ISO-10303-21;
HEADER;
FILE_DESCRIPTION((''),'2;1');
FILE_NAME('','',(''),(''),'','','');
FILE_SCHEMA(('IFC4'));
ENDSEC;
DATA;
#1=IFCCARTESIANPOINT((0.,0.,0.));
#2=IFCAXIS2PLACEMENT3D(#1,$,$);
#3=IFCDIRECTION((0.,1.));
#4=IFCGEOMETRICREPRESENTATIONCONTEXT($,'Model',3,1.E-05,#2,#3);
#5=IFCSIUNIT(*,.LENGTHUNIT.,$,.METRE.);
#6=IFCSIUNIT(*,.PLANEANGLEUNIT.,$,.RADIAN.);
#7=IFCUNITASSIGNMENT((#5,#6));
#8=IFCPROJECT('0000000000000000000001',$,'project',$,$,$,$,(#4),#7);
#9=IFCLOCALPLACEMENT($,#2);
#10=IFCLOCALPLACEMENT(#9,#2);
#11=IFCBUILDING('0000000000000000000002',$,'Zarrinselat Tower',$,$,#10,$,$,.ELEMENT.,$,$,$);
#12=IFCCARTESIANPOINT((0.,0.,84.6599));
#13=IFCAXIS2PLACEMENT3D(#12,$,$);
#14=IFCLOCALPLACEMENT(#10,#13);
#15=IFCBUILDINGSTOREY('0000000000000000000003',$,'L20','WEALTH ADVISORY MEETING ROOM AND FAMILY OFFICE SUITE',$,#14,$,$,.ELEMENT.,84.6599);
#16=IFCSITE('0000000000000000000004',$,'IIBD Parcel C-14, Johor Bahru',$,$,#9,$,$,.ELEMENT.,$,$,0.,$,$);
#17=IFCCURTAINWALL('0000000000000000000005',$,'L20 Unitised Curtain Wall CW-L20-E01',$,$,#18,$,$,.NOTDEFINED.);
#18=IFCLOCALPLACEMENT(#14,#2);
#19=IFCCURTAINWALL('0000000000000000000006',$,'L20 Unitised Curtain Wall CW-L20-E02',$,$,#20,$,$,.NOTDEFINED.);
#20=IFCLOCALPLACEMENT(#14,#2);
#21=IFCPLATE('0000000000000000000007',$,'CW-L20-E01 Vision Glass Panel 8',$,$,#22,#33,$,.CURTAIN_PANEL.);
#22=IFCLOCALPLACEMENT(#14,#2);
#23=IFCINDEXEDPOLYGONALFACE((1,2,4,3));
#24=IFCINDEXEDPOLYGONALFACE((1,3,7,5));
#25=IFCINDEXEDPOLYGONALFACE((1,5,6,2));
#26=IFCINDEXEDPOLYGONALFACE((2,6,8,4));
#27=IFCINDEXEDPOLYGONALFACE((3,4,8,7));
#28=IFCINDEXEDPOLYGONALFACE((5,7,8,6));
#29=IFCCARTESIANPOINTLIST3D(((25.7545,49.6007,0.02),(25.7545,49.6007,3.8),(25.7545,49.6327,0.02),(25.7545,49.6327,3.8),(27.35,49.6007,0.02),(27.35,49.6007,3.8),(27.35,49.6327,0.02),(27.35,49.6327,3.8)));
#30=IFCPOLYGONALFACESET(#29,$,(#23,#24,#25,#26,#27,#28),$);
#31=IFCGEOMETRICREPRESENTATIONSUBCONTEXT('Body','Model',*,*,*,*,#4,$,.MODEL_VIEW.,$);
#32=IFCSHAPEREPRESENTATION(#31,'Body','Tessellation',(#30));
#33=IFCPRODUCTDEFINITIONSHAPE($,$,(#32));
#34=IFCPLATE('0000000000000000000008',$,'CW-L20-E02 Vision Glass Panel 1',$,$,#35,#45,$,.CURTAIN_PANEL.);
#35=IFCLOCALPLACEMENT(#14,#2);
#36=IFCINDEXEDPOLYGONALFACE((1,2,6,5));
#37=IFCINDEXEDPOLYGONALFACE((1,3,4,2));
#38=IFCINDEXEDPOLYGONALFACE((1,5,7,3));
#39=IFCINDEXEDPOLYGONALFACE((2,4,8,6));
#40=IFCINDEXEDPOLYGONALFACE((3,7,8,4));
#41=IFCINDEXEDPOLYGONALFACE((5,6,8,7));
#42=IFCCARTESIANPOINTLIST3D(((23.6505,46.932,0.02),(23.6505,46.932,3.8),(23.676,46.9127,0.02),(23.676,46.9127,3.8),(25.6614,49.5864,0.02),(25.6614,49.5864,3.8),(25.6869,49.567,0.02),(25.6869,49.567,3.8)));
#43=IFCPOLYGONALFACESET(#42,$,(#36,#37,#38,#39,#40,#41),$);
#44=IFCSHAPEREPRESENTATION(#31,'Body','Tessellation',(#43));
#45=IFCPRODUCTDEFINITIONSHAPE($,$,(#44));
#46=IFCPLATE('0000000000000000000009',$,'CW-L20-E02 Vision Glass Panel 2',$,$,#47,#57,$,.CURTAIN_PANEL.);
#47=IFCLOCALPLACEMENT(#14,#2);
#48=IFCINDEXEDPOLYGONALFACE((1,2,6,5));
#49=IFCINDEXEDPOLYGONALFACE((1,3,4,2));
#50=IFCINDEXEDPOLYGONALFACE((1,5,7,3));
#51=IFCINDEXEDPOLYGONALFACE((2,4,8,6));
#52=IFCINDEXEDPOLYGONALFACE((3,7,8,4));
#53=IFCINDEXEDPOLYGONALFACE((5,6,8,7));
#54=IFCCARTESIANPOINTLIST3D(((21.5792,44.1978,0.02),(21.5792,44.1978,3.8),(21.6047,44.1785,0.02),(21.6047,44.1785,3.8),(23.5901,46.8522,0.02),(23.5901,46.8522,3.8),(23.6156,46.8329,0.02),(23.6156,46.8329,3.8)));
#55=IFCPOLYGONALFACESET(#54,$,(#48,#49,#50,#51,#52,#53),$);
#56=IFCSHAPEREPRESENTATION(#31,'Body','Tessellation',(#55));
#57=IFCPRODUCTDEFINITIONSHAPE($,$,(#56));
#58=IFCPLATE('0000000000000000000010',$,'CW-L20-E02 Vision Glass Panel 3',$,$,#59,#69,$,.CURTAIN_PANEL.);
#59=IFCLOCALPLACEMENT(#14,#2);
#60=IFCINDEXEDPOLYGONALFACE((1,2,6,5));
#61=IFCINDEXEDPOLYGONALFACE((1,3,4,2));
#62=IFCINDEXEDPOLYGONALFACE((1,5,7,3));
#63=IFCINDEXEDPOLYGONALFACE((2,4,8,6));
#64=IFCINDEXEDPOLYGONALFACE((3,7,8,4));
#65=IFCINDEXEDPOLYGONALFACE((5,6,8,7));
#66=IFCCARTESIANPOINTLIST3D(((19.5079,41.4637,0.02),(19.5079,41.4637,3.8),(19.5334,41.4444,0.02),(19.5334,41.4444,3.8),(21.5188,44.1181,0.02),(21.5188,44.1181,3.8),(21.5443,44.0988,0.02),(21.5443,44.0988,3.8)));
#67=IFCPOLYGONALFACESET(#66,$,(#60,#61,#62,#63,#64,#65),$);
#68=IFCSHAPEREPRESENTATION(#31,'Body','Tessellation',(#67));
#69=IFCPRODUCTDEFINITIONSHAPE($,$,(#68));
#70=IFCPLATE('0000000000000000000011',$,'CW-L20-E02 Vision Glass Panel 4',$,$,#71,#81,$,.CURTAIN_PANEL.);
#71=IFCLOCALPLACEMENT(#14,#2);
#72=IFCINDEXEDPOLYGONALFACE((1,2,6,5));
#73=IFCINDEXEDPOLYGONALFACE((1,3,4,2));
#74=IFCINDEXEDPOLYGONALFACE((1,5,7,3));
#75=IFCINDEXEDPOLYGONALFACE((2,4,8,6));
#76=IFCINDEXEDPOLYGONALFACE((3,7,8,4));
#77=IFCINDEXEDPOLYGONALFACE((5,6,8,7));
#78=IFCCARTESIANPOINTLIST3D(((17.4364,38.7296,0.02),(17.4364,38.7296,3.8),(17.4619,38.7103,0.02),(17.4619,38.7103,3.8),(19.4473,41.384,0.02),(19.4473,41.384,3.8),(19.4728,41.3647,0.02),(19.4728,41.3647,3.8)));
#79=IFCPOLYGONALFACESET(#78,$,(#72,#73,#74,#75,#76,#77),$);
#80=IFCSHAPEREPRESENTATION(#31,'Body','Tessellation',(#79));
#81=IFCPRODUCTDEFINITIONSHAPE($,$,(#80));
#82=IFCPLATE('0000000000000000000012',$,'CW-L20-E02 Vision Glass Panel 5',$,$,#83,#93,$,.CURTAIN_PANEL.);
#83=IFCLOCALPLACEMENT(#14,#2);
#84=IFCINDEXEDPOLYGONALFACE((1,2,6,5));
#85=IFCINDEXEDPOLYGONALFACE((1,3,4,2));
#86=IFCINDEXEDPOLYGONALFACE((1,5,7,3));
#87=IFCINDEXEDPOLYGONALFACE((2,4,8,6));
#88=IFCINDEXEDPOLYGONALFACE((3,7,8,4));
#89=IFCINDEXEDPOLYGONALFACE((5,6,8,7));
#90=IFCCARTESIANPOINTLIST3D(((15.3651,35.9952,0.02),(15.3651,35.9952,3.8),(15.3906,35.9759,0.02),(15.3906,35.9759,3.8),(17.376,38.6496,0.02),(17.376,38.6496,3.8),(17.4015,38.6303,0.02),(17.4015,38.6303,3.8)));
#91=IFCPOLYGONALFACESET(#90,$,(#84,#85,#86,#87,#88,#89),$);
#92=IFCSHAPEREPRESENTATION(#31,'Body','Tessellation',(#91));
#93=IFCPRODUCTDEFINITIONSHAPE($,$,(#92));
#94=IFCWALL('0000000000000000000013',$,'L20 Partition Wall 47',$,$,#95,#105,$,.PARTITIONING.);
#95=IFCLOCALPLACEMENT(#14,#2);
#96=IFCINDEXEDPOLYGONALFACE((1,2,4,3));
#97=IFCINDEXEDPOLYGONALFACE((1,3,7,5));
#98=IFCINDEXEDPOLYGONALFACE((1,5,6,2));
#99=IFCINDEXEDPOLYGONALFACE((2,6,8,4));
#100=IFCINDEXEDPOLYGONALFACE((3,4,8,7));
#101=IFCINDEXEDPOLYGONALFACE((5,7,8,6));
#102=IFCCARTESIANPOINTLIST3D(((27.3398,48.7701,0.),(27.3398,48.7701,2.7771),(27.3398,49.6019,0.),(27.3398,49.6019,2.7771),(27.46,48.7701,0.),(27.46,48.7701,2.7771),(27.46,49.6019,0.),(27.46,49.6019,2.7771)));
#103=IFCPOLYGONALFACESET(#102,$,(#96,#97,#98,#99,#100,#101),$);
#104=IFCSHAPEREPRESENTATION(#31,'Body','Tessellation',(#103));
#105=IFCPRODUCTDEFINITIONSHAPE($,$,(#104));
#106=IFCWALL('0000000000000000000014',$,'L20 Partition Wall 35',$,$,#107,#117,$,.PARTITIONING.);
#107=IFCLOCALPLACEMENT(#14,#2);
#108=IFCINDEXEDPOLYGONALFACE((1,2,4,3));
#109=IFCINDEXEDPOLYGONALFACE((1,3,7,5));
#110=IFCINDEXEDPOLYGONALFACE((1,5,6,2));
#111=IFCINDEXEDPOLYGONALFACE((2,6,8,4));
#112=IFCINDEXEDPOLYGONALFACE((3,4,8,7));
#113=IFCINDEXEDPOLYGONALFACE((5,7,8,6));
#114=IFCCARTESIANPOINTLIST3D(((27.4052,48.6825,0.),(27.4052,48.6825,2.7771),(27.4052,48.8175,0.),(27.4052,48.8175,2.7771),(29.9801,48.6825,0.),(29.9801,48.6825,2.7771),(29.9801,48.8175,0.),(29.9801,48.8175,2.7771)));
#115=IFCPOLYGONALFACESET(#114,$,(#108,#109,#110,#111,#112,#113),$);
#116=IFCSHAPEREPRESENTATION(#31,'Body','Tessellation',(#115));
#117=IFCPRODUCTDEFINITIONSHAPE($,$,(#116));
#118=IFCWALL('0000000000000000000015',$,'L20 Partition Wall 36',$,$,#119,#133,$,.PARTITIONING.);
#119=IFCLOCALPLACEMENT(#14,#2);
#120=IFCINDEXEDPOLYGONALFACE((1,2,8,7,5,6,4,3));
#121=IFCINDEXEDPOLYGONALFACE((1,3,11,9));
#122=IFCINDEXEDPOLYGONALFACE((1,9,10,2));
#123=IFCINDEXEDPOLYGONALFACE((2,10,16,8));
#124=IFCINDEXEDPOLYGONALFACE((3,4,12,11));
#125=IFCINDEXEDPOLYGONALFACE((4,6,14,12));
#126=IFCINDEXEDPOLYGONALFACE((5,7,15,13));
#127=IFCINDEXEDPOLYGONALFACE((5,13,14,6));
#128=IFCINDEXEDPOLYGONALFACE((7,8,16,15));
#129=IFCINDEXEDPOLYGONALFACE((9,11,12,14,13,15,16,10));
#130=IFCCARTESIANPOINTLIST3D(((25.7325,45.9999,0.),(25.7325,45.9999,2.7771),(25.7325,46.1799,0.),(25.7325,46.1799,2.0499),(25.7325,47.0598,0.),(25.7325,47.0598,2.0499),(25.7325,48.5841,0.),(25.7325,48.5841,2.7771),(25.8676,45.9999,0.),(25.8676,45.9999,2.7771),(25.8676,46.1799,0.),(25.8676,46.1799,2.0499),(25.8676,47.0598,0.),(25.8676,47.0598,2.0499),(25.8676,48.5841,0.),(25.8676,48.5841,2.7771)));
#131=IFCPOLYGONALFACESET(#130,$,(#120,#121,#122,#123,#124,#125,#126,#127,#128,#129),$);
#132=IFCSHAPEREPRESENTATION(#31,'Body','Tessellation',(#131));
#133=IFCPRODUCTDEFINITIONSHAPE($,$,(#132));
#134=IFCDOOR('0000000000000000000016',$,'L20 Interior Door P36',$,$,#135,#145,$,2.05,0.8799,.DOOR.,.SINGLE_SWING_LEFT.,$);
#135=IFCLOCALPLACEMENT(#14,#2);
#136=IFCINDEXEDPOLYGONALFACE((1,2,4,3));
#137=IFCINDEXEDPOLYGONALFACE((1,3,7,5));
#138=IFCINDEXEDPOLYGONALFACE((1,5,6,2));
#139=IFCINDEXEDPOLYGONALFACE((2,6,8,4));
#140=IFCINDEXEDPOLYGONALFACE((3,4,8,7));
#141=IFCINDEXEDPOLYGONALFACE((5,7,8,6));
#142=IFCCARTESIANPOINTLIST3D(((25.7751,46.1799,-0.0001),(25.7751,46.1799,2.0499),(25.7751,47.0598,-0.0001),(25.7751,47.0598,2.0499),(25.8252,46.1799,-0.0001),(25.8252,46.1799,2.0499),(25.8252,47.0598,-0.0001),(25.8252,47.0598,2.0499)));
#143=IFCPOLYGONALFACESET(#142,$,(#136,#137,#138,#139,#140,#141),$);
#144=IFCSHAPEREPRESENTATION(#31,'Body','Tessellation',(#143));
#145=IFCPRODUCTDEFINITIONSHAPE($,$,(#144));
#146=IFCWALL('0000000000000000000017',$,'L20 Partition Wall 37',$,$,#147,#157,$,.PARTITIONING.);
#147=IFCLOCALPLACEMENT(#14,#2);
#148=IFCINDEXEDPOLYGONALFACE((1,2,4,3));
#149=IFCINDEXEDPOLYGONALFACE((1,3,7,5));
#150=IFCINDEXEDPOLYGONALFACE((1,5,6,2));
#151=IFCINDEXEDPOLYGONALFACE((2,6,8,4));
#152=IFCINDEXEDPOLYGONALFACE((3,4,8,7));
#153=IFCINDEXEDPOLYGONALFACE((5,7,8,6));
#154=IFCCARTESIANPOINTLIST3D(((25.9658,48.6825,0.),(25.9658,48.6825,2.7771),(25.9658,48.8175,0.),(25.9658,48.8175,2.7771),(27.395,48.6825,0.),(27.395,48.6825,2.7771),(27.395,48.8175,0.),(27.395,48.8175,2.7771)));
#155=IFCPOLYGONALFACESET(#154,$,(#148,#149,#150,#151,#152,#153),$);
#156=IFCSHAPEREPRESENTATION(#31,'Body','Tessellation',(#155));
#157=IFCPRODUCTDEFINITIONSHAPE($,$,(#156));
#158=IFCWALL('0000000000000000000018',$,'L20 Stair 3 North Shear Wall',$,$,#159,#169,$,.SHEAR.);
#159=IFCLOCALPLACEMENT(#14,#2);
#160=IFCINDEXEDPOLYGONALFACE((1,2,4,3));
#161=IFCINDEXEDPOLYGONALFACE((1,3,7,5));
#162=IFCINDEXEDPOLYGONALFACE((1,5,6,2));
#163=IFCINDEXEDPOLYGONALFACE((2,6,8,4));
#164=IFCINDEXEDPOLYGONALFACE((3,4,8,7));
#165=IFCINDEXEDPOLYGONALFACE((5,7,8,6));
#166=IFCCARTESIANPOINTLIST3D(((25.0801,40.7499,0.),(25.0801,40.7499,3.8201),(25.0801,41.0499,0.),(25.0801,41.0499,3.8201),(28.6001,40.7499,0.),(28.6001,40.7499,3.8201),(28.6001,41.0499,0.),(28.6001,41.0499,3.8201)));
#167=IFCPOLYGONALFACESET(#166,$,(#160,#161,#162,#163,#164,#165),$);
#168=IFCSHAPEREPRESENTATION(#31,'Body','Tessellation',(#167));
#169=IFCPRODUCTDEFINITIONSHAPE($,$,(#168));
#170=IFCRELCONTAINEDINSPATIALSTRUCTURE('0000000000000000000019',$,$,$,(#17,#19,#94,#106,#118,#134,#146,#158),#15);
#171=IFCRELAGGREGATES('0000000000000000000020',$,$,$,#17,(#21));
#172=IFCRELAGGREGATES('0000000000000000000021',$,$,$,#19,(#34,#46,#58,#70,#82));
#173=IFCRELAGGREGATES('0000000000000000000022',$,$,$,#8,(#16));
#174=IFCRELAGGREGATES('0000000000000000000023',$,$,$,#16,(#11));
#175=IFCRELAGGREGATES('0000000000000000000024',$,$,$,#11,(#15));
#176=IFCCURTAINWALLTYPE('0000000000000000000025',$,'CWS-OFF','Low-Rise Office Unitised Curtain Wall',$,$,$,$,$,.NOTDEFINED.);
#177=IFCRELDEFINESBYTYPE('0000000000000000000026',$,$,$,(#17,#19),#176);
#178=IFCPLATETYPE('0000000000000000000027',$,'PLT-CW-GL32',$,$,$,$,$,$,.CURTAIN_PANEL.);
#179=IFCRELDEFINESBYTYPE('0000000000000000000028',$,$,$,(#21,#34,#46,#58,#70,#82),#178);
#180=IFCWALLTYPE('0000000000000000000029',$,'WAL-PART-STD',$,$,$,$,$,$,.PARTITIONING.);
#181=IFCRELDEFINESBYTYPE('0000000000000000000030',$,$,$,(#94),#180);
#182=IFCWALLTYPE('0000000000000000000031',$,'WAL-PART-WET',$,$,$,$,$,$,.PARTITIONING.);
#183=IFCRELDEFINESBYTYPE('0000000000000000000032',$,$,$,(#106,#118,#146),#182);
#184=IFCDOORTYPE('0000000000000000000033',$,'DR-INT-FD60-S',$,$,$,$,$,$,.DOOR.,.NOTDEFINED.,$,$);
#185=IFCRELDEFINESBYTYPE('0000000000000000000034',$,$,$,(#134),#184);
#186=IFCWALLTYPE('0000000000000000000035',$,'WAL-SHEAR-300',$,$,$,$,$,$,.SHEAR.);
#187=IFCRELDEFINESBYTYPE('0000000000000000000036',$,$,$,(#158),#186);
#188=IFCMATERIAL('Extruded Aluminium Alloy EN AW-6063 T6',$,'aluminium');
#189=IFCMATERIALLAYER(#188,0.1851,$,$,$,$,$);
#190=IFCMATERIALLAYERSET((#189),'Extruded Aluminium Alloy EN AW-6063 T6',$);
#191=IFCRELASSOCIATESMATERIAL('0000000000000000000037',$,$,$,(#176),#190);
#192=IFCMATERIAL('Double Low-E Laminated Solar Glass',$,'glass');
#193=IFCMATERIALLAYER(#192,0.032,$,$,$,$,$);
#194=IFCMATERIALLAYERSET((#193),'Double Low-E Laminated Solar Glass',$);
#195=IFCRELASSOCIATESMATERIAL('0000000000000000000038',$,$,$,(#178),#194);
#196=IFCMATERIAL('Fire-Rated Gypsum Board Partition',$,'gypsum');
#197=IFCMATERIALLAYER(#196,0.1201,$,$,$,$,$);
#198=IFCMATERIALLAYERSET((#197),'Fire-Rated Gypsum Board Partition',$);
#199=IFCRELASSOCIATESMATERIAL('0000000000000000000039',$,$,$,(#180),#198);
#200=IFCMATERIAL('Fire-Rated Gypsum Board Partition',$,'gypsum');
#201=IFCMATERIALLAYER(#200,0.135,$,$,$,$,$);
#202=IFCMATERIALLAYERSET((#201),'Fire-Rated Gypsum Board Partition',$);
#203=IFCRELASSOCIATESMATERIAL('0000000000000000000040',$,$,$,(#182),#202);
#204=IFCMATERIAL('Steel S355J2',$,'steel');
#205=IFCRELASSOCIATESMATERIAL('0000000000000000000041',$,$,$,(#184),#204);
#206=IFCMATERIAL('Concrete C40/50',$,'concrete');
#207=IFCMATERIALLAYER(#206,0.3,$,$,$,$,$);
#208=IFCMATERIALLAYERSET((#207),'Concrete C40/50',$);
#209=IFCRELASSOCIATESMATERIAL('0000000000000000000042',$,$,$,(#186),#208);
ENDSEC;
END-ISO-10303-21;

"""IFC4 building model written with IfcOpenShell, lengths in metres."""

from ifc_helpers import new_model, si_unit, direction, frame, frame_2d, origin, origin_2d, place, context, subcontext, project, spatial, rectangle, extrude, material, layer, layer_set, type_object, element, fill, aggregate, save


model = new_model("IFC4")

# Units and contexts
model_context = context("Model", 3, precision=1e-05, world=origin(), true_north=direction((0.0, 1.0)))
body_context = subcontext(model_context, "Body", "Model", "MODEL_VIEW")
ifc_project = project(units=[si_unit("LENGTHUNIT", "METRE"), si_unit("PLANEANGLEUNIT", "RADIAN")], contexts=[model_context])

# Site, building, storey
site_placement = place(None, origin())
site = spatial("IfcSite", under=ifc_project, at=site_placement, Name="IIBD Parcel C-14, Johor Bahru", CompositionType="ELEMENT", RefElevation=0.0)
building_placement = place(site_placement, origin())
building = spatial("IfcBuilding", under=site, at=building_placement, Name="Zarrinselat Tower", CompositionType="ELEMENT")
storey_placement = place(building_placement, frame((0.0, 0.0, 84.6599)))
storey = spatial("IfcBuildingStorey", under=building, at=storey_placement, Name="L20", Description="WEALTH ADVISORY MEETING ROOM AND FAMILY OFFICE SUITE", CompositionType="ELEMENT", Elevation=84.6599)

# Curtain walls
ifc_material_1 = material(Name="Extruded Aluminium Alloy EN AW-6063 T6", Category="aluminium")
ifc_layer_1 = layer(ifc_material_1, 0.1851)
ifc_layer_set_1 = layer_set([ifc_layer_1], Name="Extruded Aluminium Alloy EN AW-6063 T6")
curtain_wall_type = type_object("IfcCurtainWallType", Name="CWS-OFF", Description="Low-Rise Office Unitised Curtain Wall", PredefinedType="NOTDEFINED", material=ifc_layer_set_1)
curtain_wall_1_placement = place(storey_placement, origin())
curtain_wall_1 = element("IfcCurtainWall", 1, at=curtain_wall_1_placement, inside=storey, type_object=curtain_wall_type, Name="L20 Unitised Curtain Wall CW-L20-E01", PredefinedType="NOTDEFINED")
curtain_wall_2_placement = place(storey_placement, origin())
curtain_wall_2 = element("IfcCurtainWall", 2, at=curtain_wall_2_placement, inside=storey, type_object=curtain_wall_type, Name="L20 Unitised Curtain Wall CW-L20-E02", PredefinedType="NOTDEFINED")

# Plates
ifc_material_2 = material(Name="Double Low-E Laminated Solar Glass", Category="glass")
ifc_layer_2 = layer(ifc_material_2, 0.032)
ifc_layer_set_2 = layer_set([ifc_layer_2], Name="Double Low-E Laminated Solar Glass")
plate_type = type_object("IfcPlateType", Name="PLT-CW-GL32", PredefinedType="CURTAIN_PANEL", material=ifc_layer_set_2)
plate_1_placement = place(storey_placement, frame((26.5522, 49.6167, 0.02), z_axis=(0.0, 0.0, 1.0), x_axis=(-1.0, 0.0, 0.0)))
plate_1 = element("IfcPlate", 3, at=plate_1_placement, type_object=plate_type, Name="CW-L20-E01 Vision Glass Panel 8", PredefinedType="CURTAIN_PANEL", context=body_context, shape_type="SweptSolid", body=[
    extrude(rectangle(XDim=1.5955, YDim=0.032, at=origin_2d()), origin(), (0.0, 0.0, 1.0), 3.78),
])
aggregate(curtain_wall_1, [plate_1])
plate_2_placement = place(storey_placement, frame((24.6687, 48.2495, 0.02), z_axis=(0.0, 0.0, 1.0), x_axis=(-0.603857, -0.797093, 0.0)))
plate_2 = element("IfcPlate", 4, at=plate_2_placement, type_object=plate_type, Name="CW-L20-E02 Vision Glass Panel 1", PredefinedType="CURTAIN_PANEL", context=body_context, shape_type="SweptSolid", body=[
    extrude(rectangle(XDim=3.3301, YDim=0.032, at=origin_2d()), origin(), (0.0, 0.0, 1.0), 3.78),
])
plate_3_placement = place(storey_placement, frame((22.5974, 45.5154, 0.02), z_axis=(0.0, 0.0, 1.0), x_axis=(-0.603857, -0.797093, 0.0)))
plate_3 = element("IfcPlate", 5, at=plate_3_placement, type_object=plate_type, Name="CW-L20-E02 Vision Glass Panel 2", PredefinedType="CURTAIN_PANEL", context=body_context, shape_type="SweptSolid", body=[
    extrude(rectangle(XDim=3.3301, YDim=0.032, at=origin_2d()), origin(), (0.0, 0.0, 1.0), 3.78),
])
plate_4_placement = place(storey_placement, frame((20.5261, 42.7812, 0.02), z_axis=(0.0, 0.0, 1.0), x_axis=(-0.603857, -0.797093, 0.0)))
plate_4 = element("IfcPlate", 6, at=plate_4_placement, type_object=plate_type, Name="CW-L20-E02 Vision Glass Panel 3", PredefinedType="CURTAIN_PANEL", context=body_context, shape_type="SweptSolid", body=[
    extrude(rectangle(XDim=3.3301, YDim=0.032, at=origin_2d()), origin(), (0.0, 0.0, 1.0), 3.78),
])
plate_5_placement = place(storey_placement, frame((18.4546, 40.0471, 0.02), z_axis=(0.0, 0.0, 1.0), x_axis=(-0.603857, -0.797093, 0.0)))
plate_5 = element("IfcPlate", 7, at=plate_5_placement, type_object=plate_type, Name="CW-L20-E02 Vision Glass Panel 4", PredefinedType="CURTAIN_PANEL", context=body_context, shape_type="SweptSolid", body=[
    extrude(rectangle(XDim=3.3301, YDim=0.032, at=origin_2d()), origin(), (0.0, 0.0, 1.0), 3.78),
])
plate_6_placement = place(storey_placement, frame((16.3833, 37.3127, 0.02), z_axis=(0.0, 0.0, 1.0), x_axis=(-0.603857, -0.797093, 0.0)))
plate_6 = element("IfcPlate", 8, at=plate_6_placement, type_object=plate_type, Name="CW-L20-E02 Vision Glass Panel 5", PredefinedType="CURTAIN_PANEL", context=body_context, shape_type="SweptSolid", body=[
    extrude(rectangle(XDim=3.3301, YDim=0.032, at=origin_2d()), origin(), (0.0, 0.0, 1.0), 3.78),
])
aggregate(curtain_wall_2, [plate_2, plate_3, plate_4, plate_5, plate_6])

# Walls
ifc_material_3 = material(Name="Fire-Rated Gypsum Board Partition", Category="gypsum")
ifc_layer_3 = layer(ifc_material_3, 0.1201)
ifc_layer_set_3 = layer_set([ifc_layer_3], Name="Fire-Rated Gypsum Board Partition")
wall_type_1 = type_object("IfcWallType", Name="WAL-PART-STD", PredefinedType="PARTITIONING", material=ifc_layer_set_3)
wall_1_placement = place(storey_placement, frame((27.3999, 48.77, 0.0), z_axis=(0.0, 0.0, 1.0), x_axis=(0.0, 1.0, 0.0)))
element("IfcWall", 9, at=wall_1_placement, inside=storey, type_object=wall_type_1, Name="L20 Partition Wall 47", PredefinedType="PARTITIONING", context=body_context, shape_type="SweptSolid", body=[
    extrude(rectangle(XDim=0.8318, YDim=0.1201, at=frame_2d((0.416, 0.0))), origin(), (0.0, 0.0, 1.0), 2.7771),
])
ifc_material_4 = material(Name="Fire-Rated Gypsum Board Partition", Category="gypsum")
ifc_layer_4 = layer(ifc_material_4, 0.135)
ifc_layer_set_4 = layer_set([ifc_layer_4], Name="Fire-Rated Gypsum Board Partition")
wall_type_2 = type_object("IfcWallType", Name="WAL-PART-WET", PredefinedType="PARTITIONING", material=ifc_layer_set_4)
wall_2_placement = place(storey_placement, frame((27.405, 48.75, 0.0), z_axis=(0.0, 0.0, 1.0), x_axis=(1.0, 0.0, 0.0)))
element("IfcWall", 10, at=wall_2_placement, inside=storey, type_object=wall_type_2, Name="L20 Partition Wall 35", PredefinedType="PARTITIONING", context=body_context, shape_type="SweptSolid", body=[
    extrude(rectangle(XDim=2.575, YDim=0.135, at=frame_2d((1.2876, 0.0))), origin(), (0.0, 0.0, 1.0), 2.7771),
])

# Wall, opening, door
wall_3_placement = place(storey_placement, frame((25.8, 46.0, 0.0), z_axis=(0.0, 0.0, 1.0), x_axis=(0.0, 1.0, 0.0)))
wall_3 = element("IfcWall", 11, at=wall_3_placement, inside=storey, type_object=wall_type_2, Name="L20 Partition Wall 36", PredefinedType="PARTITIONING", context=body_context, shape_type="SweptSolid", body=[
    extrude(rectangle(XDim=2.5842, YDim=0.135, at=frame_2d((1.292, 0.0))), origin(), (0.0, 0.0, 1.0), 2.7771),
])
opening_placement = place(wall_3_placement, frame((0.1799, 0.0, 0.0)))
opening = element("IfcOpeningElement", 12, at=opening_placement, cuts=wall_3, PredefinedType="OPENING", context=body_context, shape_type="SweptSolid", body=[
    extrude(rectangle(XDim=0.8799, YDim=2.05, at=frame_2d((0.4399, 1.0249))), frame((0.0, 0.0774, 0.0), z_axis=(0.0, -1.0, 0.0), x_axis=(1.0, 0.0, 0.0)), (0.0, 0.0, 1.0), 0.155),
])
ifc_material_5 = material(Name="Steel S355J2", Category="steel")
door_type = type_object("IfcDoorType", Name="DR-INT-FD60-S", OperationType="NOTDEFINED", PredefinedType="DOOR", material=ifc_material_5)
door_placement = place(opening_placement, origin())
door = element("IfcDoor", 13, at=door_placement, inside=storey, type_object=door_type, Name="L20 Interior Door P36", OperationType="SINGLE_SWING_LEFT", OverallHeight=2.05, OverallWidth=0.8799, PredefinedType="DOOR", context=body_context, shape_type="SweptSolid", body=[
    extrude(rectangle(XDim=0.8799, YDim=2.05, at=frame_2d((0.4399, 1.0249))), frame((0.0, 0.0249, 0.0), z_axis=(0.0, -1.0, 0.0), x_axis=(1.0, 0.0, 0.0)), (0.0, 0.0, 1.0), 0.05),
])
fill(opening, door)

# Walls
wall_4_placement = place(storey_placement, frame((25.9658, 48.75, 0.0), z_axis=(0.0, 0.0, 1.0), x_axis=(1.0, 0.0, 0.0)))
element("IfcWall", 14, at=wall_4_placement, inside=storey, type_object=wall_type_2, Name="L20 Partition Wall 37", PredefinedType="PARTITIONING", context=body_context, shape_type="SweptSolid", body=[
    extrude(rectangle(XDim=1.4292, YDim=0.135, at=frame_2d((0.7146, 0.0))), origin(), (0.0, 0.0, 1.0), 2.7771),
])
ifc_material_6 = material(Name="Concrete C40/50", Category="concrete")
ifc_layer_5 = layer(ifc_material_6, 0.3)
ifc_layer_set_5 = layer_set([ifc_layer_5], Name="Concrete C40/50")
wall_type_3 = type_object("IfcWallType", Name="WAL-SHEAR-300", PredefinedType="SHEAR", material=ifc_layer_set_5)
wall_5_placement = place(storey_placement, frame((25.0801, 40.8999, 0.0), z_axis=(0.0, 0.0, 1.0), x_axis=(1.0, 0.0, 0.0)))
element("IfcWall", 15, at=wall_5_placement, inside=storey, type_object=wall_type_3, Name="L20 Stair 3 North Shear Wall", PredefinedType="SHEAR", context=body_context, shape_type="SweptSolid", body=[
    extrude(rectangle(XDim=3.52, YDim=0.3, at=frame_2d((1.76, 0.0))), origin(), (0.0, 0.0, 1.0), 3.8201),
])

save(model, "model.ifc")
